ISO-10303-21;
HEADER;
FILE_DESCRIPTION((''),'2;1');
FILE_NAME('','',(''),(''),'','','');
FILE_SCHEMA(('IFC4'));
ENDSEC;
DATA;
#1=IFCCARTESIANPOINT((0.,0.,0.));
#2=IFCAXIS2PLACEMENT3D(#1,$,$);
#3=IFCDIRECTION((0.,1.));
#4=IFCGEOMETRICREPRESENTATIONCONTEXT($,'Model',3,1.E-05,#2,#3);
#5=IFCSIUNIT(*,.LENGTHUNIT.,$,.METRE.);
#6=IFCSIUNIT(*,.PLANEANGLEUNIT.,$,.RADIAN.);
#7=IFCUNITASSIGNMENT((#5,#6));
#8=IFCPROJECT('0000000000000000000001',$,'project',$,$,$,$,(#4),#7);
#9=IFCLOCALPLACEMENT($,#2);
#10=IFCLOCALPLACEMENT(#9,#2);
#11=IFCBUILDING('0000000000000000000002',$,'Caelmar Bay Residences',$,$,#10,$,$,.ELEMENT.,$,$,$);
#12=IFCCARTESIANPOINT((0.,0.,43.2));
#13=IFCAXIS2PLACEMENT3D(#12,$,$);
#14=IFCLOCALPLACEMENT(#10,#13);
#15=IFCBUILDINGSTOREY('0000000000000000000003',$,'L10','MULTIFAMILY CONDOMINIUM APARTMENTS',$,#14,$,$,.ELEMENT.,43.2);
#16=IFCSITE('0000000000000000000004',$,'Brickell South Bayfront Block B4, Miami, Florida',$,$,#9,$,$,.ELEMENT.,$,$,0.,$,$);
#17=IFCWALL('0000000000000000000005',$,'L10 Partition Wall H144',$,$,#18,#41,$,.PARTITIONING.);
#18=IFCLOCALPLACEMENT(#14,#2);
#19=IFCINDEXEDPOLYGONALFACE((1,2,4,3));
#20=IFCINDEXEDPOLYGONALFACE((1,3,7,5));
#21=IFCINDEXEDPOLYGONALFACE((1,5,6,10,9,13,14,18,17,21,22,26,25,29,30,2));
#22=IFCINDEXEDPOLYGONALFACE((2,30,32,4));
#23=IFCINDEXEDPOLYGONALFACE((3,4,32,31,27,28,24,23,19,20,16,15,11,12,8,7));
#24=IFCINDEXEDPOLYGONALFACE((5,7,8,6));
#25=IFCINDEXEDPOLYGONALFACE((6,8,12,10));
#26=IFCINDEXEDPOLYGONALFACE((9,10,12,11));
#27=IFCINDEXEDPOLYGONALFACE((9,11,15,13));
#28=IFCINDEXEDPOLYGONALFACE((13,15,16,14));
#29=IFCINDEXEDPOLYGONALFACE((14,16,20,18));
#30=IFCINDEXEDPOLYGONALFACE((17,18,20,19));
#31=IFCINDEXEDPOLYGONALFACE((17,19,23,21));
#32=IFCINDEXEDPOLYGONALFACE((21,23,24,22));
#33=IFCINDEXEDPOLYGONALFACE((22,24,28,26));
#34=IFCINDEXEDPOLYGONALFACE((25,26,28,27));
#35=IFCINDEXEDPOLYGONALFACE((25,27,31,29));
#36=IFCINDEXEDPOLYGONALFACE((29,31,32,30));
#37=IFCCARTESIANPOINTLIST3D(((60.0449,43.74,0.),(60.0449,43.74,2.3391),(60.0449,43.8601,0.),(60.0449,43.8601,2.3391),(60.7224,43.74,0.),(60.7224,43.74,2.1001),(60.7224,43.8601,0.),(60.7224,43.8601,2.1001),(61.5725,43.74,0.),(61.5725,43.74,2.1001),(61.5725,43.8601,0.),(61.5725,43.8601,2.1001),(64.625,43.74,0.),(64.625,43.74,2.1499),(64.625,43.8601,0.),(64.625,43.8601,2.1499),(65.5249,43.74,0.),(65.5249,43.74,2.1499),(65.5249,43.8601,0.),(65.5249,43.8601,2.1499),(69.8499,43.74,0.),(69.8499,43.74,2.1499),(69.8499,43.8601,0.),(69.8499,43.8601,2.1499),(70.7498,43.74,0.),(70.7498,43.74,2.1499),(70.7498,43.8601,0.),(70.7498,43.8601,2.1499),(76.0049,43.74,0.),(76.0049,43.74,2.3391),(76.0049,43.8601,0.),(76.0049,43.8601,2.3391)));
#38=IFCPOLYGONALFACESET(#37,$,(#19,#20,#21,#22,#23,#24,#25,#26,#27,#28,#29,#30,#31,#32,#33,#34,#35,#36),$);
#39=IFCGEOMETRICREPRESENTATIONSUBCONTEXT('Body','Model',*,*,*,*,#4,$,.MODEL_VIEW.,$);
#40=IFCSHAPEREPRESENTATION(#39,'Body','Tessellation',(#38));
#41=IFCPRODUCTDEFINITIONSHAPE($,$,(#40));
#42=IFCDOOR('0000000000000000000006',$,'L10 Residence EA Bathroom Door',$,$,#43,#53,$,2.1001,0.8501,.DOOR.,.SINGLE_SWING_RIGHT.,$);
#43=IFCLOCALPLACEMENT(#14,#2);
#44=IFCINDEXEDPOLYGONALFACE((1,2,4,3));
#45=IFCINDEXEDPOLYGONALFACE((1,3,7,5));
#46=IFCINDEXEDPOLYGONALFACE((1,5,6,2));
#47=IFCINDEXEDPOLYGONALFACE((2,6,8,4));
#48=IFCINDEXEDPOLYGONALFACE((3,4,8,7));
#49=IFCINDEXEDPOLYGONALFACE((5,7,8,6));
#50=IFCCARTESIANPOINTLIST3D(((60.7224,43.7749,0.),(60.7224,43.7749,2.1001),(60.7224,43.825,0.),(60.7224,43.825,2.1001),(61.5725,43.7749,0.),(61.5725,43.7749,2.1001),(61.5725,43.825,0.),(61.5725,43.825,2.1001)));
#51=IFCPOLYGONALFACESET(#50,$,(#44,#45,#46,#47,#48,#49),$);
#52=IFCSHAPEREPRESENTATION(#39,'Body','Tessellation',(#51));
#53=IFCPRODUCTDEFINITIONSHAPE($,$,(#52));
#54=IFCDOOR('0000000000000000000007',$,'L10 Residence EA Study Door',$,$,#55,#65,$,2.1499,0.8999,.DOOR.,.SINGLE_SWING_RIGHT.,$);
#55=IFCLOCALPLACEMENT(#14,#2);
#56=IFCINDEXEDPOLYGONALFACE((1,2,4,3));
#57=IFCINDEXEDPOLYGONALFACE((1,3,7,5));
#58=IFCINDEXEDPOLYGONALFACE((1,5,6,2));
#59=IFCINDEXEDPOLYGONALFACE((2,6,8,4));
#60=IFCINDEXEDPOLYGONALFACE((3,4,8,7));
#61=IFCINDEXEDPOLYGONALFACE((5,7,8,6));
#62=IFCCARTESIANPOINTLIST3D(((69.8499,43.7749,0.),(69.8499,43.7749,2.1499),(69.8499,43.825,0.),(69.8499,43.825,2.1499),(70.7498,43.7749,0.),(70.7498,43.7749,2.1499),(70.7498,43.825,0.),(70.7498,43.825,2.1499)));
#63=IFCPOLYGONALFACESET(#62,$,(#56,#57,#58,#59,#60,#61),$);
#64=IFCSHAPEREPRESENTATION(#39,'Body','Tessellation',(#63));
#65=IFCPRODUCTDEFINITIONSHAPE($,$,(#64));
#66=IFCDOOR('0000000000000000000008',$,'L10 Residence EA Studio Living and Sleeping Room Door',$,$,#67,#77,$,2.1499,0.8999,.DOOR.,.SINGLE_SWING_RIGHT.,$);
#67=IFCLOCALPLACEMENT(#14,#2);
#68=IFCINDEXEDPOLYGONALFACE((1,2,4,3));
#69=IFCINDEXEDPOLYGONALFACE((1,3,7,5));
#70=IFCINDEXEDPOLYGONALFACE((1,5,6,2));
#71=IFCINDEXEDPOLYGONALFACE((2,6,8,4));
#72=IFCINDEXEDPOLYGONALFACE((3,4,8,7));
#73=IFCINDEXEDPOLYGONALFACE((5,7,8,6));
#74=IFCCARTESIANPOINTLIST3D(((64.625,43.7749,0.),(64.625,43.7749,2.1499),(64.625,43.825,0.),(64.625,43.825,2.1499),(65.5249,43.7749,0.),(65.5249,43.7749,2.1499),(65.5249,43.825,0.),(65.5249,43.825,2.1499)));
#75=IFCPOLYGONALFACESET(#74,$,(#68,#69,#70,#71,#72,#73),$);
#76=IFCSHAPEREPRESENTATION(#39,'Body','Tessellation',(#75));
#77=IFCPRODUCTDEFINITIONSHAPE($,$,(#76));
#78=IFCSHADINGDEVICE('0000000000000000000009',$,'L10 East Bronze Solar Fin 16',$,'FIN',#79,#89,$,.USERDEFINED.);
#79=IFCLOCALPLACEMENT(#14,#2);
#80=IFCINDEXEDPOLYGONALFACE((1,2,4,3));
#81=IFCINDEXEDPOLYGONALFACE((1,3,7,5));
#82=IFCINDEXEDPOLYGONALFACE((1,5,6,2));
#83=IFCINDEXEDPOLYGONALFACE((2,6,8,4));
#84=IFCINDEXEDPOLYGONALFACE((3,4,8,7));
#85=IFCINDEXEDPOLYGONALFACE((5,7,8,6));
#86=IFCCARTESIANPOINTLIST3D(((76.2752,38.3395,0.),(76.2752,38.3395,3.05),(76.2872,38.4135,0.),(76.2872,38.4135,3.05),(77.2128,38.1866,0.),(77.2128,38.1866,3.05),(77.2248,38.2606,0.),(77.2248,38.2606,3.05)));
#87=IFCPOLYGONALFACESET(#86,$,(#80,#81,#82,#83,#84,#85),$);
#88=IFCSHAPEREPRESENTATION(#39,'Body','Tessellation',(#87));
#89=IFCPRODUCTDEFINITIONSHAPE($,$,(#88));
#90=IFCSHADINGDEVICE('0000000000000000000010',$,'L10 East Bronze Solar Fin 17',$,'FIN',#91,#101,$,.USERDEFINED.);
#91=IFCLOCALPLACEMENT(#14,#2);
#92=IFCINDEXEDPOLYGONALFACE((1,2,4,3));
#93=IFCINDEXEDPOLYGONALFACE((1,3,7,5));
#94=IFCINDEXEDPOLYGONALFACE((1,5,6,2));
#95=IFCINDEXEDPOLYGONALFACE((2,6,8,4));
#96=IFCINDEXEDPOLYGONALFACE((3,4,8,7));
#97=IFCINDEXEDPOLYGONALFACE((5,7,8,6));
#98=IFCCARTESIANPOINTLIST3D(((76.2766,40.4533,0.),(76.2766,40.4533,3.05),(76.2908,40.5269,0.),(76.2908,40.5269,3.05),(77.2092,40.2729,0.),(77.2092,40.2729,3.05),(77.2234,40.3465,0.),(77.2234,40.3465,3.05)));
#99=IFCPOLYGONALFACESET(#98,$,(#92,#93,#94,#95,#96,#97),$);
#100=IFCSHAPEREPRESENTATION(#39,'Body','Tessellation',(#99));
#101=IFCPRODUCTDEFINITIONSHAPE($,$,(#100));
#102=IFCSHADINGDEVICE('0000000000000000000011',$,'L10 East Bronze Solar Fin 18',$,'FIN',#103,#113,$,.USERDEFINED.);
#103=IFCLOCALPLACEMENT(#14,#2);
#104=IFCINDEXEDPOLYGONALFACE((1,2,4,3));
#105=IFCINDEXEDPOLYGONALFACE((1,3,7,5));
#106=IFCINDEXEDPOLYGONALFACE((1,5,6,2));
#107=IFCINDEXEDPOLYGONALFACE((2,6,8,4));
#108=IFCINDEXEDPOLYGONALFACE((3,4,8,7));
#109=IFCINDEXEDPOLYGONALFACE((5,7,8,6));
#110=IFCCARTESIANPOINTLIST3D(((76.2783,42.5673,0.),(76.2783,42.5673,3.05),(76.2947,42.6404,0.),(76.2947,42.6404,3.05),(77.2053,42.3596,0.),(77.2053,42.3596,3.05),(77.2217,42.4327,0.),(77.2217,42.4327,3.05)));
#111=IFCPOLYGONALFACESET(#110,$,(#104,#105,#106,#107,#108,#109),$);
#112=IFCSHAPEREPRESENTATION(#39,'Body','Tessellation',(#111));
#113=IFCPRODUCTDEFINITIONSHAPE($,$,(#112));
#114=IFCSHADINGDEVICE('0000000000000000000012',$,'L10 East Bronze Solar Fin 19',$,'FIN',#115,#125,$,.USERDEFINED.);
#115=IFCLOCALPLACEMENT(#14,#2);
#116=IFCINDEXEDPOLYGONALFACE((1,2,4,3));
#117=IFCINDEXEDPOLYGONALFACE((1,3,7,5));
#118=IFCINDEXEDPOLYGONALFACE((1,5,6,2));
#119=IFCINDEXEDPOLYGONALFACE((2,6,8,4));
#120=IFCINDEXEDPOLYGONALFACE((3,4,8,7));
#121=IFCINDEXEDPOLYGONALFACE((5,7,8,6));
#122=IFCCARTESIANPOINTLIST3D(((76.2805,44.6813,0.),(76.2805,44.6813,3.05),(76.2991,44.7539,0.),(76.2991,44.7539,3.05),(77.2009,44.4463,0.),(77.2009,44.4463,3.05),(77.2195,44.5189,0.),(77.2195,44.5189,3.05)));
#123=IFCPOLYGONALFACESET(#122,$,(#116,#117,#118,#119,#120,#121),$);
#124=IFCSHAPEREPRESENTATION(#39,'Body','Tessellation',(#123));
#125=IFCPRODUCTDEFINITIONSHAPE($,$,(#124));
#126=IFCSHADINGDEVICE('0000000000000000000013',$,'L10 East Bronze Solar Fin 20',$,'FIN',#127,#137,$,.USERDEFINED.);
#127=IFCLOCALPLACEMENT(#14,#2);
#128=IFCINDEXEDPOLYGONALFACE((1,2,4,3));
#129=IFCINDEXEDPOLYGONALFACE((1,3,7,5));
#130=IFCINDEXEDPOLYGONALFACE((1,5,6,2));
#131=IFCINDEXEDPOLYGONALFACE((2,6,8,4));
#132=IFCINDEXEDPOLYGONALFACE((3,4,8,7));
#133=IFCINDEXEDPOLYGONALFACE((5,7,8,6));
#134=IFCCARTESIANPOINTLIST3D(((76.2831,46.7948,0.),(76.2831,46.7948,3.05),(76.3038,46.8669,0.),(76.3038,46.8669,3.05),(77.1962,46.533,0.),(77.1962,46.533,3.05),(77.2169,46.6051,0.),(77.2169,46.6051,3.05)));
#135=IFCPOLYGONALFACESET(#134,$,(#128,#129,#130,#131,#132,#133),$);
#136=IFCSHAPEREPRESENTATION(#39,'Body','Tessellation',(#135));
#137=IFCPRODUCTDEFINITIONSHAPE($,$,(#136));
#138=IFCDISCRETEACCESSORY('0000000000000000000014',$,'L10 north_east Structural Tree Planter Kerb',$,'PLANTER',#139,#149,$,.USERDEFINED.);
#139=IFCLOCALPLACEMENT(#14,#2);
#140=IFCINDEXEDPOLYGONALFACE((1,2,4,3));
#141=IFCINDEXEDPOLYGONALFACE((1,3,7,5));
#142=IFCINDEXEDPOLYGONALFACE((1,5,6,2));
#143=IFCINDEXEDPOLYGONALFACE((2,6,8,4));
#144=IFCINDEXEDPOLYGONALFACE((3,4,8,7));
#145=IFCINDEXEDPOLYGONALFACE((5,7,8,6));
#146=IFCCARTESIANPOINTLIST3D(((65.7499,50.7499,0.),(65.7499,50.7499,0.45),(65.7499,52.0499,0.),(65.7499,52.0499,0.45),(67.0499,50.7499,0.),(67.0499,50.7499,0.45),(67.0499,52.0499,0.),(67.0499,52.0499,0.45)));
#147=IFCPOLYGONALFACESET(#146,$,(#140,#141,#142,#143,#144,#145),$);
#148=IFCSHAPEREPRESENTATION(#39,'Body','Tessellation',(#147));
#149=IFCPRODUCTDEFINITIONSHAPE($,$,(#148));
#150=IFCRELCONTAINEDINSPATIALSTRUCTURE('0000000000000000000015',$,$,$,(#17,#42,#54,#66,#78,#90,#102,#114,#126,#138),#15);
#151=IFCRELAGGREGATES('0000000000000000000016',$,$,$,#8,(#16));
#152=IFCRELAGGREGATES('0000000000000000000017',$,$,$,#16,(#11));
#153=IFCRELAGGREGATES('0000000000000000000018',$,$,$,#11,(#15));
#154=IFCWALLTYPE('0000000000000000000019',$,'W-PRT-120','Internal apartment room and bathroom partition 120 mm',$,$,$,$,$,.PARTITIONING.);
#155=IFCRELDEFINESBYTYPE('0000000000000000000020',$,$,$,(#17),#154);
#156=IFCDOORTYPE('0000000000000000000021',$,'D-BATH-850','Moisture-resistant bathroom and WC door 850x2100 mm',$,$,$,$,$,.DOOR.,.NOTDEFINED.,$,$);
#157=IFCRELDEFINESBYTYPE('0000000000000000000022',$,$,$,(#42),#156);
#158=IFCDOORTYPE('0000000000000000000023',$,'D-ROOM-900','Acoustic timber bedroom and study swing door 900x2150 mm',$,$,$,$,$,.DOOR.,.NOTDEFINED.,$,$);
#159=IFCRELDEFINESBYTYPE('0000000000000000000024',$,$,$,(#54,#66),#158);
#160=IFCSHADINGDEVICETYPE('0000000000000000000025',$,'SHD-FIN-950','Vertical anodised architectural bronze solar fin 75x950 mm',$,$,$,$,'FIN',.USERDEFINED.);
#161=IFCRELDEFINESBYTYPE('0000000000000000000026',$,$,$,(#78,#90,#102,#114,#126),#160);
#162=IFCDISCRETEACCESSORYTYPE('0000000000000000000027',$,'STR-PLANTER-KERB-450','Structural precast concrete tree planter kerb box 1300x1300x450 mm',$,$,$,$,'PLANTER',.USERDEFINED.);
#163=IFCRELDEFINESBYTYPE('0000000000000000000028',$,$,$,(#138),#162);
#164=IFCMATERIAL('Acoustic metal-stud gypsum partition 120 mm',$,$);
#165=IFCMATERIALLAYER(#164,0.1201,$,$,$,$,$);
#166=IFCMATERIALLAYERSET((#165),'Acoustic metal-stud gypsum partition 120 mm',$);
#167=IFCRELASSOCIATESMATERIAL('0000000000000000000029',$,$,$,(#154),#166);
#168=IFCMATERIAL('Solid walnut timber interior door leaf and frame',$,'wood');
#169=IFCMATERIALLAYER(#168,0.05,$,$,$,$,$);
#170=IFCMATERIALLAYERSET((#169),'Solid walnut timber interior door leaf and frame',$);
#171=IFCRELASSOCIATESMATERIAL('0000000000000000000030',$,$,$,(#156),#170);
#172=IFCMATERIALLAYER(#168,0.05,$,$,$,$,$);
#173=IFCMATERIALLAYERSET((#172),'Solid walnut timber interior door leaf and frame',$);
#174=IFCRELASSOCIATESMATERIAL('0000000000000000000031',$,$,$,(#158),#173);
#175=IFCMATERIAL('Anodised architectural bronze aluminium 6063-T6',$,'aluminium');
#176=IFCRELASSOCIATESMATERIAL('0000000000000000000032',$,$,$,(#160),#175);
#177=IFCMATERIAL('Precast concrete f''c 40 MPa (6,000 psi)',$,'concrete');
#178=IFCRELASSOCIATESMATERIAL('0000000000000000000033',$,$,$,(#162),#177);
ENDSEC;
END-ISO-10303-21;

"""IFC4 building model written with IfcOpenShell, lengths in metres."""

from ifc_helpers import new_model, si_unit, direction, frame, frame_2d, origin, origin_2d, place, context, subcontext, project, spatial, rectangle, extrude, material, layer, layer_set, material_profile, profile_set, type_object, element, fill, save


model = new_model("IFC4")

# Units and contexts
model_context = context("Model", 3, precision=1e-05, world=origin(), true_north=direction((0.0, 1.0)))
body_context = subcontext(model_context, "Body", "Model", "MODEL_VIEW")
ifc_project = project(units=[si_unit("LENGTHUNIT", "METRE"), si_unit("PLANEANGLEUNIT", "RADIAN")], contexts=[model_context])

# Site, building, storey
site_placement = place(None, origin())
site = spatial("IfcSite", under=ifc_project, at=site_placement, Name="Brickell South Bayfront Block B4, Miami, Florida", CompositionType="ELEMENT", RefElevation=0.0)
building_placement = place(site_placement, origin())
building = spatial("IfcBuilding", under=site, at=building_placement, Name="Caelmar Bay Residences", CompositionType="ELEMENT")
storey_placement = place(building_placement, frame((0.0, 0.0, 43.2)))
storey = spatial("IfcBuildingStorey", under=building, at=storey_placement, Name="L10", Description="MULTIFAMILY CONDOMINIUM APARTMENTS", CompositionType="ELEMENT", Elevation=43.2)

# Shared definitions
ifc_material_1 = material(Name="Precast concrete f'c 40 MPa (6,000 psi)", Category="concrete")

# Shared definitions
ifc_material_2 = material(Name="Acoustic metal-stud gypsum partition 120 mm")
ifc_layer_1 = layer(ifc_material_2, 0.1201)
ifc_layer_set_1 = layer_set([ifc_layer_1], Name="Acoustic metal-stud gypsum partition 120 mm")
wall_type_1 = type_object("IfcWallType", Name="W-PRT-120", Description="Internal apartment room and bathroom partition 120 mm", PredefinedType="PARTITIONING", material=ifc_layer_set_1)

# Wall, openings, doors
wall_1_placement = place(storey_placement, frame((60.0449, 43.8, 0.0), z_axis=(0.0, 0.0, 1.0), x_axis=(1.0, 0.0, 0.0)))
wall_1 = element("IfcWall", 1, at=wall_1_placement, inside=storey, type_object=wall_type_1, Name="L10 Partition Wall H144", PredefinedType="PARTITIONING", context=body_context, shape_type="SweptSolid", body=[
    extrude(rectangle(XDim=15.96, YDim=0.1201, at=frame_2d((7.98, 0.0))), origin(), (0.0, 0.0, 1.0), 2.3391),
])
opening_1_placement = place(wall_1_placement, frame((9.8049, 0.0, 0.0)))
opening_1 = element("IfcOpeningElement", 2, at=opening_1_placement, cuts=wall_1, PredefinedType="OPENING", context=body_context, shape_type="SweptSolid", body=[
    extrude(rectangle(XDim=0.8999, YDim=2.1499, at=frame_2d((0.45, 1.075))), frame((0.0, 0.0701, 0.0), z_axis=(0.0, -1.0, 0.0), x_axis=(1.0, 0.0, 0.0)), (0.0, 0.0, 1.0), 0.1401),
])
opening_2_placement = place(wall_1_placement, frame((4.5801, 0.0, 0.0)))
opening_2 = element("IfcOpeningElement", 3, at=opening_2_placement, cuts=wall_1, PredefinedType="OPENING", context=body_context, shape_type="SweptSolid", body=[
    extrude(rectangle(XDim=0.8999, YDim=2.1499, at=frame_2d((0.45, 1.075))), frame((0.0, 0.0701, 0.0), z_axis=(0.0, -1.0, 0.0), x_axis=(1.0, 0.0, 0.0)), (0.0, 0.0, 1.0), 0.1401),
])
opening_3_placement = place(wall_1_placement, frame((0.6775, 0.0, 0.0)))
opening_3 = element("IfcOpeningElement", 4, at=opening_3_placement, cuts=wall_1, PredefinedType="OPENING", context=body_context, shape_type="SweptSolid", body=[
    extrude(rectangle(XDim=0.8501, YDim=2.1001, at=frame_2d((0.425, 1.05))), frame((0.0, 0.0701, 0.0), z_axis=(0.0, -1.0, 0.0), x_axis=(1.0, 0.0, 0.0)), (0.0, 0.0, 1.0), 0.1401),
])
ifc_material_3 = material(Name="Solid walnut timber interior door leaf and frame", Category="wood")
ifc_layer_2 = layer(ifc_material_3, 0.05)
ifc_layer_set_2 = layer_set([ifc_layer_2], Name="Solid walnut timber interior door leaf and frame")
door_type_1 = type_object("IfcDoorType", Name="D-BATH-850", Description="Moisture-resistant bathroom and WC door 850x2100 mm", OperationType="NOTDEFINED", PredefinedType="DOOR", material=ifc_layer_set_2)
door_1_placement = place(opening_3_placement, origin())
door_1 = element("IfcDoor", 5, at=door_1_placement, inside=storey, type_object=door_type_1, Name="L10 Residence EA Bathroom Door", OperationType="SINGLE_SWING_RIGHT", OverallHeight=2.1001, OverallWidth=0.8501, PredefinedType="DOOR", context=body_context, shape_type="SweptSolid", body=[
    extrude(rectangle(XDim=0.8501, YDim=2.1001, at=frame_2d((0.425, 1.05))), frame((0.0, 0.0249, 0.0), z_axis=(0.0, -1.0, 0.0), x_axis=(1.0, 0.0, 0.0)), (0.0, 0.0, 1.0), 0.05),
])
fill(opening_3, door_1)
ifc_layer_3 = layer(ifc_material_3, 0.05)
ifc_layer_set_3 = layer_set([ifc_layer_3], Name="Solid walnut timber interior door leaf and frame")
door_type_2 = type_object("IfcDoorType", Name="D-ROOM-900", Description="Acoustic timber bedroom and study swing door 900x2150 mm", OperationType="NOTDEFINED", PredefinedType="DOOR", material=ifc_layer_set_3)
door_2_placement = place(opening_1_placement, origin())
door_2 = element("IfcDoor", 6, at=door_2_placement, inside=storey, type_object=door_type_2, Name="L10 Residence EA Study Door", OperationType="SINGLE_SWING_RIGHT", OverallHeight=2.1499, OverallWidth=0.8999, PredefinedType="DOOR", context=body_context, shape_type="SweptSolid", body=[
    extrude(rectangle(XDim=0.8999, YDim=2.1499, at=frame_2d((0.45, 1.075))), frame((0.0, 0.0249, 0.0), z_axis=(0.0, -1.0, 0.0), x_axis=(1.0, 0.0, 0.0)), (0.0, 0.0, 1.0), 0.05),
])
fill(opening_1, door_2)
door_3_placement = place(opening_2_placement, origin())
door_3 = element("IfcDoor", 7, at=door_3_placement, inside=storey, type_object=door_type_2, Name="L10 Residence EA Studio Living and Sleeping Room Door", OperationType="SINGLE_SWING_RIGHT", OverallHeight=2.1499, OverallWidth=0.8999, PredefinedType="DOOR", context=body_context, shape_type="SweptSolid", body=[
    extrude(rectangle(XDim=0.8999, YDim=2.1499, at=frame_2d((0.45, 1.075))), frame((0.0, 0.0249, 0.0), z_axis=(0.0, -1.0, 0.0), x_axis=(1.0, 0.0, 0.0)), (0.0, 0.0, 1.0), 0.05),
])
fill(opening_2, door_3)

# Shading devices
ifc_material_4 = material(Name="Anodised architectural bronze aluminium 6063-T6", Category="aluminium")
ifc_material_profile_1 = material_profile(ifc_material_4, rectangle(XDim=0.075, YDim=0.95, at=origin_2d()), Name="BRONZE-FIN-75X950")
ifc_profile_set_1 = profile_set([ifc_material_profile_1], Name="Anodised architectural bronze aluminium 6063-T6")
shading_device_type = type_object("IfcShadingDeviceType", Name="SHD-FIN-950", Description="Vertical anodised architectural bronze solar fin 75x950 mm", ElementType="FIN", PredefinedType="USERDEFINED", material=ifc_profile_set_1)
for number, where, z_axis, x_axis, name in (
    (8, (76.75, 38.3, 0.0), (0.0, 0.0, 1.0), (0.160915, 0.986968, 0.0), "L10 East Bronze Solar Fin 16"),
    (9, (76.75, 40.3999, 0.0), (0.0, 0.0, 1.0), (0.189952, 0.981793, 0.0), "L10 East Bronze Solar Fin 17"),
    (10, (76.75, 42.5, 0.0), (0.0, 0.0, 1.0), (0.218654, 0.975802, 0.0), "L10 East Bronze Solar Fin 18"),
    (11, (76.75, 44.6001, 0.0), (0.0, 0.0, 1.0), (0.247337, 0.968929, 0.0), "L10 East Bronze Solar Fin 19"),
    (12, (76.75, 46.7, 0.0), (0.0, 0.0, 1.0), (0.275637, 0.961262, 0.0), "L10 East Bronze Solar Fin 20"),
):
    element("IfcShadingDevice", number, at=place(storey_placement, frame(where, z_axis=z_axis, x_axis=x_axis)), inside=storey, type_object=shading_device_type, Name=name, ObjectType="FIN", PredefinedType="USERDEFINED", context=body_context, shape_type="SweptSolid", body=[
        extrude(rectangle(XDim=0.075, YDim=0.95, at=origin_2d()), origin(), (0.0, 0.0, 1.0), 3.05),
    ])

# Discrete accessory
discrete_accessory_type = type_object("IfcDiscreteAccessoryType", Name="STR-PLANTER-KERB-450", Description="Structural precast concrete tree planter kerb box 1300x1300x450 mm", ElementType="PLANTER", PredefinedType="USERDEFINED", material=ifc_material_1)
discrete_accessory_placement = place(storey_placement, frame((66.3999, 51.3999, 0.0), z_axis=(0.0, 0.0, 1.0), x_axis=(1.0, 0.0, 0.0)))
element("IfcDiscreteAccessory", 13, at=discrete_accessory_placement, inside=storey, type_object=discrete_accessory_type, Name="L10 north_east Structural Tree Planter Kerb", ObjectType="PLANTER", PredefinedType="USERDEFINED", context=body_context, shape_type="SweptSolid", body=[
    extrude(rectangle(XDim=1.3, YDim=1.3, at=origin_2d()), origin(), (0.0, 0.0, 1.0), 0.45),
])

save(model, "model.ifc")
